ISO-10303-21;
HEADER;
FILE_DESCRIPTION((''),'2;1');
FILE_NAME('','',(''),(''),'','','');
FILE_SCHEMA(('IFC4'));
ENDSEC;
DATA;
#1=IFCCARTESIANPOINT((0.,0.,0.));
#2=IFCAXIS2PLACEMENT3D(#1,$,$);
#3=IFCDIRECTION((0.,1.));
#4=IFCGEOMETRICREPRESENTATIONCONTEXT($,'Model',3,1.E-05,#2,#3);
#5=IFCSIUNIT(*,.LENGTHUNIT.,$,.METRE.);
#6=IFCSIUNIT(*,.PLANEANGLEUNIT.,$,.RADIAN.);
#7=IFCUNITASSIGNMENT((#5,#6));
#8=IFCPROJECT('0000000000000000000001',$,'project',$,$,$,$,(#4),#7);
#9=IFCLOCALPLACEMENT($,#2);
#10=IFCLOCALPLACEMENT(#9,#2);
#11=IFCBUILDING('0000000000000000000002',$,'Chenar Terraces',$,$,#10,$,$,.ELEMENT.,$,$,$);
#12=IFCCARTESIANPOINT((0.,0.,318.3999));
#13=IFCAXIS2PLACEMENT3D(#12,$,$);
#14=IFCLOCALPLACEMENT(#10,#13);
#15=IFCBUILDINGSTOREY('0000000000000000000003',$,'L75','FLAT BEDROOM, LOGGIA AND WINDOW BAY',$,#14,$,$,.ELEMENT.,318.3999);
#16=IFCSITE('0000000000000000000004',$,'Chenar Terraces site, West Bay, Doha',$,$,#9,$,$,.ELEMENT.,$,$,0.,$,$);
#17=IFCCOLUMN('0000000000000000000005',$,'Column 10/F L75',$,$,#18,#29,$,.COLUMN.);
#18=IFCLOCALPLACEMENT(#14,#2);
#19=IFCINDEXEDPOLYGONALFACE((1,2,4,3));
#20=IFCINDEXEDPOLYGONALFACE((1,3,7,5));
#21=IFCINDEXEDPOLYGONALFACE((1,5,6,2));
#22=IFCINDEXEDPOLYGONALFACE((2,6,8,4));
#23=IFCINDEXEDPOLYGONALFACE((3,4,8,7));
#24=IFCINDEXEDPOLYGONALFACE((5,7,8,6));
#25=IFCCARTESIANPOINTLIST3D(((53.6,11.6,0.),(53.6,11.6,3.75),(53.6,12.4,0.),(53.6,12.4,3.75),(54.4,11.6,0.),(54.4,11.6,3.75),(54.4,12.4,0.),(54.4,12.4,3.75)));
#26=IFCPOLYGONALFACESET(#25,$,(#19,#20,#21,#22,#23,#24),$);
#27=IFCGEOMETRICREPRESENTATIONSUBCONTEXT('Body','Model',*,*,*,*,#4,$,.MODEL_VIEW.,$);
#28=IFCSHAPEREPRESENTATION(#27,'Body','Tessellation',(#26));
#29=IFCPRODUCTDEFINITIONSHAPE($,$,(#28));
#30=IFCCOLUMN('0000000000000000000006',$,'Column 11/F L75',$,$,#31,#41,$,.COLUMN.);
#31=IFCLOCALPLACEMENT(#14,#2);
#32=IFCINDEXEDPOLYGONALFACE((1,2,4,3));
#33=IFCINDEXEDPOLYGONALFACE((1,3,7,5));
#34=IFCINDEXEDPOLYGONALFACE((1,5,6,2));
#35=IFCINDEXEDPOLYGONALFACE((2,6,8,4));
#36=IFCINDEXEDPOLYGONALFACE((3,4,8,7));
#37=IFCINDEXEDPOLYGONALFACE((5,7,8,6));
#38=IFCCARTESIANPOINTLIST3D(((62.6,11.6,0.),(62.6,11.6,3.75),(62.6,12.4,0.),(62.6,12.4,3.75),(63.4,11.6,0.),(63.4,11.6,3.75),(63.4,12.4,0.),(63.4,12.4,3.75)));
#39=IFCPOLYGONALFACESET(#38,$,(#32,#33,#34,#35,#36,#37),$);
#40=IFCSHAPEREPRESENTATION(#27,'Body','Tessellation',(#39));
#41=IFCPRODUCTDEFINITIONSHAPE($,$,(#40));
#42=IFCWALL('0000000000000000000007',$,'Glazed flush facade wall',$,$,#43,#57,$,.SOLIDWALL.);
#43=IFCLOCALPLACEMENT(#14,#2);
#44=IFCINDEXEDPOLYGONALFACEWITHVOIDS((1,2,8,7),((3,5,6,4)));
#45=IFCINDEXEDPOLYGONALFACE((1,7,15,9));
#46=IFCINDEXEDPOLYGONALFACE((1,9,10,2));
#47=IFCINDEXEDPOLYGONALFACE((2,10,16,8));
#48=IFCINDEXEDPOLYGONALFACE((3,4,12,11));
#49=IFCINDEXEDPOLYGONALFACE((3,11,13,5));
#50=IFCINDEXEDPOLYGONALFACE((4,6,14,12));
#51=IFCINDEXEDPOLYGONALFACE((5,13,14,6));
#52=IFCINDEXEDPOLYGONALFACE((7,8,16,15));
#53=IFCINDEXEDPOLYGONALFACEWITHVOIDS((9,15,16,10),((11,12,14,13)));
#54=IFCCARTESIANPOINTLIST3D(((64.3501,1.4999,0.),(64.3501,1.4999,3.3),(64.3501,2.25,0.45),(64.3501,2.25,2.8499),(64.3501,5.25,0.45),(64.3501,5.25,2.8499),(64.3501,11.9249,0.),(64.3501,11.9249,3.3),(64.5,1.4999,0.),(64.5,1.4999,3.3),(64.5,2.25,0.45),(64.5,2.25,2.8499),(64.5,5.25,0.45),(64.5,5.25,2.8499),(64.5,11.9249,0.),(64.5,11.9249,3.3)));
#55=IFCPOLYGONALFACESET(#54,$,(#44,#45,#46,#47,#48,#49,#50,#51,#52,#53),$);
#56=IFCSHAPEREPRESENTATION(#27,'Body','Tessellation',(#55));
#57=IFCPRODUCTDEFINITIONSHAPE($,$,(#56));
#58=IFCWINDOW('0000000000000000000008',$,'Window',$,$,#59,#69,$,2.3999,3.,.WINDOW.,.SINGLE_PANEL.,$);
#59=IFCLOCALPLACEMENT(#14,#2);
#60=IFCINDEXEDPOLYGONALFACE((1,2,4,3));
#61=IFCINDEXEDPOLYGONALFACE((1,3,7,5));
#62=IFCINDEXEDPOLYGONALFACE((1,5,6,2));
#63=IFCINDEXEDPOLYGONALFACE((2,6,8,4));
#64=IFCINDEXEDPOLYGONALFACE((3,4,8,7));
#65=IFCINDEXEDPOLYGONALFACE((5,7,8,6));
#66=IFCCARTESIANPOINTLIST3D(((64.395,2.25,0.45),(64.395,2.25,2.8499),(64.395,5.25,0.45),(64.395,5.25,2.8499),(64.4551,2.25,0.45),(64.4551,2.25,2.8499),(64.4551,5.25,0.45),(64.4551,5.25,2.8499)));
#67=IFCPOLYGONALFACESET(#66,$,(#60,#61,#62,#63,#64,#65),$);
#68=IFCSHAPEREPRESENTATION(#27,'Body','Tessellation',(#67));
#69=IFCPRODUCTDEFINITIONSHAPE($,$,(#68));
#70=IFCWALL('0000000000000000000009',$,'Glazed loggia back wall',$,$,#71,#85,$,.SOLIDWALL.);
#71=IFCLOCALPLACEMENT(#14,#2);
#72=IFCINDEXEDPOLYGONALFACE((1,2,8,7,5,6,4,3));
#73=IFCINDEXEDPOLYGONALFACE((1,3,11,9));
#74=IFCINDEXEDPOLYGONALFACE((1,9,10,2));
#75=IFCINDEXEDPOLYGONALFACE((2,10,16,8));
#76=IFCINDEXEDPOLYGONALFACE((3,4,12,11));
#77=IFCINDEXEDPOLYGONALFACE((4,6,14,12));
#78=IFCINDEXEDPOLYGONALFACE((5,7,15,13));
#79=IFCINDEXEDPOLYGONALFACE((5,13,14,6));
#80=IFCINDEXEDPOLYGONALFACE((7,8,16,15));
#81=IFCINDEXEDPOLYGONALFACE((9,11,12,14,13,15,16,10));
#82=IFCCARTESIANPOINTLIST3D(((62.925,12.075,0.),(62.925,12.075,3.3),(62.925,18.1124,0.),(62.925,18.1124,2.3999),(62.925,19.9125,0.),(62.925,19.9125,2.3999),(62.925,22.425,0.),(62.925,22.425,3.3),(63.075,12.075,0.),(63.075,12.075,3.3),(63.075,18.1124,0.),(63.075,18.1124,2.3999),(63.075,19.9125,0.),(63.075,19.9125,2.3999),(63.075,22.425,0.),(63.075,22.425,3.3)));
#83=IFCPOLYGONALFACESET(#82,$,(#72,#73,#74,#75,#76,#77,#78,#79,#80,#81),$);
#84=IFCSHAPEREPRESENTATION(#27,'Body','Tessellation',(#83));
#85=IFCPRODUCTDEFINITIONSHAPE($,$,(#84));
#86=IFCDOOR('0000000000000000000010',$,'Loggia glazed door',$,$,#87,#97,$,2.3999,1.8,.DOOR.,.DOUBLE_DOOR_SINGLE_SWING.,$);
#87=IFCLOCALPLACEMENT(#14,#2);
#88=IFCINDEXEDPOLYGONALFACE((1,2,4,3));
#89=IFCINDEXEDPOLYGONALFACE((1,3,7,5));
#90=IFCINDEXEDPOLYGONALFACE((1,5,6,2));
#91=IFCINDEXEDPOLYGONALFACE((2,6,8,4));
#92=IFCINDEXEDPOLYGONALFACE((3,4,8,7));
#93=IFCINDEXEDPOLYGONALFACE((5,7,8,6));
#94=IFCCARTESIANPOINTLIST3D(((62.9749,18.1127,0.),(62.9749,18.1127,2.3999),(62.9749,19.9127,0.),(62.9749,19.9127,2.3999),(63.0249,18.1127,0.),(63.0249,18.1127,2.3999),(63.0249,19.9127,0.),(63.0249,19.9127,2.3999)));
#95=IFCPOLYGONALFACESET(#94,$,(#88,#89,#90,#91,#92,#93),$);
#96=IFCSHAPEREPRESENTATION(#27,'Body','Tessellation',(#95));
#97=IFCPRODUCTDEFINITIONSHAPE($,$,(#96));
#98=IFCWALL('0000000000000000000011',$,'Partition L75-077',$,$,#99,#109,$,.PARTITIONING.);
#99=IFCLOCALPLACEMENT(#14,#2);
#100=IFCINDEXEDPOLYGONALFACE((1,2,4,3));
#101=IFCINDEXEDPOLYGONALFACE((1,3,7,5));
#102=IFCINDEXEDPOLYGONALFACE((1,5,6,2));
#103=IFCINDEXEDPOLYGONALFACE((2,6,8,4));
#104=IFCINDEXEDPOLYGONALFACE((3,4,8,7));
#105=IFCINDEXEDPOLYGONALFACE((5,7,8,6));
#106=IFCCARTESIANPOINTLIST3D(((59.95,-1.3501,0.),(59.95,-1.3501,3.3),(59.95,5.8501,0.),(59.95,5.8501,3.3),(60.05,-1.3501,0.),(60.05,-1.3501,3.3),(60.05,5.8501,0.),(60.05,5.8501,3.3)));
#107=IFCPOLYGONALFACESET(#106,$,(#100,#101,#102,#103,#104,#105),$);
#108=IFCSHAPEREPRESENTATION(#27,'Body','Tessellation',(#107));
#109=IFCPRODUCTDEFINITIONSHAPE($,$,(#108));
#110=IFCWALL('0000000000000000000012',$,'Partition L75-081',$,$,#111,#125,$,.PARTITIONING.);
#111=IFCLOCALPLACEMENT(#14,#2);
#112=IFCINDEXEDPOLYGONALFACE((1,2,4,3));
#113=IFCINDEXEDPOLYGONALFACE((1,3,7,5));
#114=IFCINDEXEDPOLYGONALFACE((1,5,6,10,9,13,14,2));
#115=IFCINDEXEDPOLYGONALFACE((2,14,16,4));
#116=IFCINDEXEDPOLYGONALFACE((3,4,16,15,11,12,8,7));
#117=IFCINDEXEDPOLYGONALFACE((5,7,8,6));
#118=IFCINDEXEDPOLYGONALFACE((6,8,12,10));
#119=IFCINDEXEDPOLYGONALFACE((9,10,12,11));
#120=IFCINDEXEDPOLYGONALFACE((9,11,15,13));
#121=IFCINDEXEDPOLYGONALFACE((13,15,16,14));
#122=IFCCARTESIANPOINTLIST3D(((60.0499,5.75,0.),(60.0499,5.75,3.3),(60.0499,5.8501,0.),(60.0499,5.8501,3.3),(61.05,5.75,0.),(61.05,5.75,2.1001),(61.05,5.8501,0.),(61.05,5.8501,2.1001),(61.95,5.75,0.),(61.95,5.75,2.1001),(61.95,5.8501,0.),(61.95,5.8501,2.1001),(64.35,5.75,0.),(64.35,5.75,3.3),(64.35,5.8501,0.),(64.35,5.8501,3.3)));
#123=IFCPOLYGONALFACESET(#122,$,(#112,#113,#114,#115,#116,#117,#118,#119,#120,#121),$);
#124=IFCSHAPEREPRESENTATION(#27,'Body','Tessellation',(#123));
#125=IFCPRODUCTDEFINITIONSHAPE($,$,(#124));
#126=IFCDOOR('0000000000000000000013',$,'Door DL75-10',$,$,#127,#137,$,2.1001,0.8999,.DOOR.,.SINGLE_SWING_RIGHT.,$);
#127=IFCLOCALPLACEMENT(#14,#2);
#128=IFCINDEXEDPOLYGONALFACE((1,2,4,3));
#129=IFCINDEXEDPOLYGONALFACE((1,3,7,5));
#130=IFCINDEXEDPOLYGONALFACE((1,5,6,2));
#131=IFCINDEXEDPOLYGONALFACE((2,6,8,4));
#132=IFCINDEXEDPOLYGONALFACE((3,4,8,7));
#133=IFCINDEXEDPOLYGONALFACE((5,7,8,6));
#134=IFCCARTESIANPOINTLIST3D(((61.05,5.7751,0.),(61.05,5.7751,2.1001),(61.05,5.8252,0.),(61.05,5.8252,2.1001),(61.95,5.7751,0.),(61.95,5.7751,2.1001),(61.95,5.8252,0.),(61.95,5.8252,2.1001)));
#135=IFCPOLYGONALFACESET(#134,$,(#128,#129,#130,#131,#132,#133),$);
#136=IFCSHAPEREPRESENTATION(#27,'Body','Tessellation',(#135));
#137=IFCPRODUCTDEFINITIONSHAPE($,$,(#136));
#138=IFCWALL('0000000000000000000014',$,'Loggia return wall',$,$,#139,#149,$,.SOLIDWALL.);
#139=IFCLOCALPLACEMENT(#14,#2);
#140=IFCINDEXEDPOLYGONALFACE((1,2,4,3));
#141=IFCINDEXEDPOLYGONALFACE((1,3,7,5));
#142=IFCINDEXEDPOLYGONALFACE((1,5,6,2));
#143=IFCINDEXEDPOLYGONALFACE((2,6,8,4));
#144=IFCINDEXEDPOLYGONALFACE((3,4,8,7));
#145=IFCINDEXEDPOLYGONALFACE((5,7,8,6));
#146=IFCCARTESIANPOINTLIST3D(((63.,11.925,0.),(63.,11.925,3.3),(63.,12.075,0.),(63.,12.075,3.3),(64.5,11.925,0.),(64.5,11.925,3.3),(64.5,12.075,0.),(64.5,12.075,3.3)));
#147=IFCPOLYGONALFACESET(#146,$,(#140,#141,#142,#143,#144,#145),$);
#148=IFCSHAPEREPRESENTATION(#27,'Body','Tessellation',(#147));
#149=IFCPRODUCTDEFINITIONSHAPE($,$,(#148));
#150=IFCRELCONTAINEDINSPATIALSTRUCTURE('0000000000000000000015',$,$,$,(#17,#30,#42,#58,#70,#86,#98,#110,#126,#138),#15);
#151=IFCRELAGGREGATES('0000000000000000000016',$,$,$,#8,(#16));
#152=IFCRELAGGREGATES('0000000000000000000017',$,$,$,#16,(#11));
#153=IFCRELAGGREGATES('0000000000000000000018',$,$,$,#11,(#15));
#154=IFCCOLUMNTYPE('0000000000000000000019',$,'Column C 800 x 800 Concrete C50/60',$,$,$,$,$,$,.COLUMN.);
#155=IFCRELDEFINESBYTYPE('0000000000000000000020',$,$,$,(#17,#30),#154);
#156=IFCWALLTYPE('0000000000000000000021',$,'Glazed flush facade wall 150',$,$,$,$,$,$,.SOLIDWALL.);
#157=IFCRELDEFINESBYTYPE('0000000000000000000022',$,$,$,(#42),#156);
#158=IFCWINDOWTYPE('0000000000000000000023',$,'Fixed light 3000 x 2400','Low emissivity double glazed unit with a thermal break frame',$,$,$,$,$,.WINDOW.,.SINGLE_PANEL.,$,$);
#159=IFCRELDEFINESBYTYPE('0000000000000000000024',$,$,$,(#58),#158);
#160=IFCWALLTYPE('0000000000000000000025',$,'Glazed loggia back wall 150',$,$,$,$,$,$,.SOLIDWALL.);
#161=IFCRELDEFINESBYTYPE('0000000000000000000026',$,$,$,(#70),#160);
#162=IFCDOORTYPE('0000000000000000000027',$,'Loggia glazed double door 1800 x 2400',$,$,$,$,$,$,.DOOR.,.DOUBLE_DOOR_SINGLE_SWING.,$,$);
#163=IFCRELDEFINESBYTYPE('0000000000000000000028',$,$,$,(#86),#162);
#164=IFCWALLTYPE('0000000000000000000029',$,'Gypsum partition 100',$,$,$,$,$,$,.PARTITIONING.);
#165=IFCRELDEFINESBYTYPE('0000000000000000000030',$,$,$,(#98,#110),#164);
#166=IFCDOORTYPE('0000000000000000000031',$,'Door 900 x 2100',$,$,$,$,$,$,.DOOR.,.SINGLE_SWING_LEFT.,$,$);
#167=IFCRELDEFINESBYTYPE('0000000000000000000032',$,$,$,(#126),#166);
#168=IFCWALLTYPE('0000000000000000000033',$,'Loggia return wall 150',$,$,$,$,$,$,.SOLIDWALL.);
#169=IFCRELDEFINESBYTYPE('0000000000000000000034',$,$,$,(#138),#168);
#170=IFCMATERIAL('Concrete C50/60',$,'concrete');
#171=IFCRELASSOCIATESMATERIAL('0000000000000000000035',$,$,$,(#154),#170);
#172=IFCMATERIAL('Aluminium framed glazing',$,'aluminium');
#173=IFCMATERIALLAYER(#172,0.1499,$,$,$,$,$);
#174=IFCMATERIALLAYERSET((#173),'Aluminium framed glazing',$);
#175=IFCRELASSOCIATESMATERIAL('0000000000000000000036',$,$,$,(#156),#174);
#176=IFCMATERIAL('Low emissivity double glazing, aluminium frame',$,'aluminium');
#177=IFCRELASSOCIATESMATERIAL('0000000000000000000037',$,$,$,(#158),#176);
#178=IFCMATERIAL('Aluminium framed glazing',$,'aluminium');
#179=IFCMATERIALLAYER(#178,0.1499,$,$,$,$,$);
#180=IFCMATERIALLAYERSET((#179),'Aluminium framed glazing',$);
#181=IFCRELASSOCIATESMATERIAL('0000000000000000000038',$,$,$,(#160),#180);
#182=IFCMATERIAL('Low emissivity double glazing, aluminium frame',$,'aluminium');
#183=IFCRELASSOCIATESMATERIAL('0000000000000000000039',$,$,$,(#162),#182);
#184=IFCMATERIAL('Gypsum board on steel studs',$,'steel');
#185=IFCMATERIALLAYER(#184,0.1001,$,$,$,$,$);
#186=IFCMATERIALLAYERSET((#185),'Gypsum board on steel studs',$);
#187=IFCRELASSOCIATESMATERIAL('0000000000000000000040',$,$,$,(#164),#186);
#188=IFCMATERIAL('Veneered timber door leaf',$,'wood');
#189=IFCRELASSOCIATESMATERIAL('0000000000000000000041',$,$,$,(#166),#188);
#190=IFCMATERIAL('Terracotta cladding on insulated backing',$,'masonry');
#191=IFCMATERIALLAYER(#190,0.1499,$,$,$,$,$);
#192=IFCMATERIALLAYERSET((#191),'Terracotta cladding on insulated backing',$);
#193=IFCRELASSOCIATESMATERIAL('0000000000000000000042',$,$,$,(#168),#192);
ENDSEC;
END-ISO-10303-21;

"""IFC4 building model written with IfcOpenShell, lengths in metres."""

from ifc_helpers import new_model, si_unit, direction, frame, frame_2d, origin, origin_2d, place, context, subcontext, project, spatial, rectangle, extrude, material, layer, layer_set, material_profile, profile_set, type_object, element, fill, save


model = new_model("IFC4")

# Units and contexts
model_context = context("Model", 3, precision=1e-05, world=origin(), true_north=direction((0.0, 1.0)))
body_context = subcontext(model_context, "Body", "Model", "MODEL_VIEW")
ifc_project = project(units=[si_unit("LENGTHUNIT", "METRE"), si_unit("PLANEANGLEUNIT", "RADIAN")], contexts=[model_context])

# Site, building, storey
site_placement = place(None, origin())
site = spatial("IfcSite", under=ifc_project, at=site_placement, Name="Chenar Terraces site, West Bay, Doha", CompositionType="ELEMENT", RefElevation=0.0)
building_placement = place(site_placement, origin())
building = spatial("IfcBuilding", under=site, at=building_placement, Name="Chenar Terraces", CompositionType="ELEMENT")
storey_placement = place(building_placement, frame((0.0, 0.0, 318.3999)))
storey = spatial("IfcBuildingStorey", under=building, at=storey_placement, Name="L75", Description="FLAT BEDROOM, LOGGIA AND WINDOW BAY", CompositionType="ELEMENT", Elevation=318.3999)

# Columns
ifc_material_1 = material(Name="Concrete C50/60", Category="concrete")
ifc_material_profile = material_profile(ifc_material_1, rectangle(XDim=0.8, YDim=0.8, at=origin_2d()), Name="C 800 x 800")
ifc_profile_set = profile_set([ifc_material_profile], Name="Concrete C50/60")
column_type = type_object("IfcColumnType", Name="Column C 800 x 800 Concrete C50/60", PredefinedType="COLUMN", material=ifc_profile_set)
for number, where, z_axis, x_axis, name in (
    (1, (54.0, 12.0, 0.0), (0.0, 0.0, 1.0), (1.0, 0.0, 0.0), "Column 10/F L75"),
    (2, (63.0, 12.0, 0.0), (0.0, 0.0, 1.0), (1.0, 0.0, 0.0), "Column 11/F L75"),
):
    element("IfcColumn", number, at=place(storey_placement, frame(where, z_axis=z_axis, x_axis=x_axis)), inside=storey, type_object=column_type, Name=name, PredefinedType="COLUMN", context=body_context, shape_type="SweptSolid", body=[
        extrude(rectangle(XDim=0.8, YDim=0.8, at=origin_2d()), origin(), (0.0, 0.0, 1.0), 3.75),
    ])

# Wall, opening, window
ifc_material_2 = material(Name="Aluminium framed glazing", Category="aluminium")
ifc_layer_1 = layer(ifc_material_2, 0.1499)
ifc_layer_set_1 = layer_set([ifc_layer_1], Name="Aluminium framed glazing")
wall_type_1 = type_object("IfcWallType", Name="Glazed flush facade wall 150", PredefinedType="SOLIDWALL", material=ifc_layer_set_1)
wall_1_placement = place(storey_placement, frame((64.425, 1.5, 0.0), z_axis=(0.0, 0.0, 1.0), x_axis=(0.0, 1.0, 0.0)))
wall_1 = element("IfcWall", 3, at=wall_1_placement, inside=storey, type_object=wall_type_1, Name="Glazed flush facade wall", PredefinedType="SOLIDWALL", context=body_context, shape_type="SweptSolid", body=[
    extrude(rectangle(XDim=10.425, YDim=0.1499, at=frame_2d((5.2124, 0.0))), origin(), (0.0, 0.0, 1.0), 3.3),
])
opening_1_placement = place(wall_1_placement, frame((0.75, 0.0, 0.45)))
opening_1 = element("IfcOpeningElement", 4, at=opening_1_placement, cuts=wall_1, PredefinedType="OPENING", context=body_context, shape_type="SweptSolid", body=[
    extrude(rectangle(XDim=3.0, YDim=2.3999, at=frame_2d((1.5, 1.2))), frame((0.0, 0.085, 0.0), z_axis=(0.0, -1.0, 0.0), x_axis=(1.0, 0.0, 0.0)), (0.0, 0.0, 1.0), 0.1699),
])
ifc_material_3 = material(Name="Low emissivity double glazing, aluminium frame", Category="aluminium")
window_type = type_object("IfcWindowType", Name="Fixed light 3000 x 2400", Description="Low emissivity double glazed unit with a thermal break frame", PartitioningType="SINGLE_PANEL", PredefinedType="WINDOW", material=ifc_material_3)
window_1_placement = place(opening_1_placement, origin())
window_1 = element("IfcWindow", 5, at=window_1_placement, inside=storey, type_object=window_type, Name="Window", OverallHeight=2.3999, OverallWidth=3.0, PartitioningType="SINGLE_PANEL", PredefinedType="WINDOW", context=body_context, shape_type="SweptSolid", body=[
    extrude(rectangle(XDim=3.0, YDim=2.3999, at=frame_2d((1.5, 1.2))), frame((0.0, 0.03, 0.0), z_axis=(0.0, -1.0, 0.0), x_axis=(1.0, 0.0, 0.0)), (0.0, 0.0, 1.0), 0.0601),
])
fill(opening_1, window_1)

# Wall, opening, door
ifc_material_4 = material(Name="Aluminium framed glazing", Category="aluminium")
ifc_layer_2 = layer(ifc_material_4, 0.1499)
ifc_layer_set_2 = layer_set([ifc_layer_2], Name="Aluminium framed glazing")
wall_type_2 = type_object("IfcWallType", Name="Glazed loggia back wall 150", PredefinedType="SOLIDWALL", material=ifc_layer_set_2)
wall_2_placement = place(storey_placement, frame((63.0, 12.075, 0.0), z_axis=(0.0, 0.0, 1.0), x_axis=(0.0, 1.0, 0.0)))
wall_2 = element("IfcWall", 6, at=wall_2_placement, inside=storey, type_object=wall_type_2, Name="Glazed loggia back wall", PredefinedType="SOLIDWALL", context=body_context, shape_type="SweptSolid", body=[
    extrude(rectangle(XDim=10.3501, YDim=0.1499, at=frame_2d((5.175, 0.0))), origin(), (0.0, 0.0, 1.0), 3.3),
])
opening_2_placement = place(wall_2_placement, frame((6.0376, 0.0, 0.0)))
opening_2 = element("IfcOpeningElement", 7, at=opening_2_placement, cuts=wall_2, PredefinedType="OPENING", context=body_context, shape_type="SweptSolid", body=[
    extrude(rectangle(XDim=1.8, YDim=2.3999, at=frame_2d((0.8999, 1.2))), frame((0.0, 0.085, 0.0), z_axis=(0.0, -1.0, 0.0), x_axis=(1.0, 0.0, 0.0)), (0.0, 0.0, 1.0), 0.1699),
])
ifc_material_5 = material(Name="Low emissivity double glazing, aluminium frame", Category="aluminium")
door_type_1 = type_object("IfcDoorType", Name="Loggia glazed double door 1800 x 2400", OperationType="DOUBLE_DOOR_SINGLE_SWING", PredefinedType="DOOR", material=ifc_material_5)
door_1_placement = place(opening_2_placement, frame((1.8, 0.0, 0.0), z_axis=(0.0, 0.0, 1.0), x_axis=(-1.0, 0.0, 0.0)))
door_1 = element("IfcDoor", 8, at=door_1_placement, inside=storey, type_object=door_type_1, Name="Loggia glazed door", OperationType="DOUBLE_DOOR_SINGLE_SWING", OverallHeight=2.3999, OverallWidth=1.8, PredefinedType="DOOR", context=body_context, shape_type="SweptSolid", body=[
    extrude(rectangle(XDim=1.8, YDim=2.3999, at=frame_2d((0.8999, 1.2))), frame((0.0, 0.0249, 0.0), z_axis=(0.0, -1.0, 0.0), x_axis=(1.0, 0.0, 0.0)), (0.0, 0.0, 1.0), 0.05),
])
fill(opening_2, door_1)

# Wall
ifc_material_6 = material(Name="Gypsum board on steel studs", Category="steel")
ifc_layer_3 = layer(ifc_material_6, 0.1001)
ifc_layer_set_3 = layer_set([ifc_layer_3], Name="Gypsum board on steel studs")
wall_type_3 = type_object("IfcWallType", Name="Gypsum partition 100", PredefinedType="PARTITIONING", material=ifc_layer_set_3)
wall_3_placement = place(storey_placement, frame((60.0, -1.3501, 0.0), z_axis=(0.0, 0.0, 1.0), x_axis=(0.0, 1.0, 0.0)))
element("IfcWall", 9, at=wall_3_placement, inside=storey, type_object=wall_type_3, Name="Partition L75-077", PredefinedType="PARTITIONING", context=body_context, shape_type="SweptSolid", body=[
    extrude(rectangle(XDim=7.2002, YDim=0.1001, at=frame_2d((3.6001, 0.0))), origin(), (0.0, 0.0, 1.0), 3.3),
])

# Wall, opening, door
wall_4_placement = place(storey_placement, frame((60.05, 5.8, 0.0), z_axis=(0.0, 0.0, 1.0), x_axis=(1.0, 0.0, 0.0)))
wall_4 = element("IfcWall", 10, at=wall_4_placement, inside=storey, type_object=wall_type_3, Name="Partition L75-081", PredefinedType="PARTITIONING", context=body_context, shape_type="SweptSolid", body=[
    extrude(rectangle(XDim=4.3, YDim=0.1001, at=frame_2d((2.1499, 0.0))), origin(), (0.0, 0.0, 1.0), 3.3),
])
opening_3_placement = place(wall_4_placement, frame((1.0, 0.0, 0.0)))
opening_3 = element("IfcOpeningElement", 11, at=opening_3_placement, cuts=wall_4, PredefinedType="OPENING", context=body_context, shape_type="SweptSolid", body=[
    extrude(rectangle(XDim=0.8999, YDim=2.1001, at=frame_2d((0.45, 1.05))), frame((0.0, 0.0601, 0.0), z_axis=(0.0, -1.0, 0.0), x_axis=(1.0, 0.0, 0.0)), (0.0, 0.0, 1.0), 0.1201),
])
ifc_material_7 = material(Name="Veneered timber door leaf", Category="wood")
door_type_2 = type_object("IfcDoorType", Name="Door 900 x 2100", OperationType="SINGLE_SWING_LEFT", PredefinedType="DOOR", material=ifc_material_7)
door_2_placement = place(opening_3_placement, frame((0.8999, 0.0, 0.0), z_axis=(0.0, 0.0, 1.0), x_axis=(-1.0, 0.0, 0.0)))
door_2 = element("IfcDoor", 12, at=door_2_placement, inside=storey, type_object=door_type_2, Name="Door DL75-10", OperationType="SINGLE_SWING_RIGHT", OverallHeight=2.1001, OverallWidth=0.8999, PredefinedType="DOOR", context=body_context, shape_type="SweptSolid", body=[
    extrude(rectangle(XDim=0.8999, YDim=2.1001, at=frame_2d((0.45, 1.05))), frame((0.0, 0.0249, 0.0), z_axis=(0.0, -1.0, 0.0), x_axis=(1.0, 0.0, 0.0)), (0.0, 0.0, 1.0), 0.05),
])
fill(opening_3, door_2)

# Wall
ifc_material_8 = material(Name="Terracotta cladding on insulated backing", Category="masonry")
ifc_layer_4 = layer(ifc_material_8, 0.1499)
ifc_layer_set_4 = layer_set([ifc_layer_4], Name="Terracotta cladding on insulated backing")
wall_type_4 = type_object("IfcWallType", Name="Loggia return wall 150", PredefinedType="SOLIDWALL", material=ifc_layer_set_4)
wall_5_placement = place(storey_placement, frame((64.5, 12.0, 0.0), z_axis=(0.0, 0.0, 1.0), x_axis=(-1.0, 0.0, 0.0)))
element("IfcWall", 13, at=wall_5_placement, inside=storey, type_object=wall_type_4, Name="Loggia return wall", PredefinedType="SOLIDWALL", context=body_context, shape_type="SweptSolid", body=[
    extrude(rectangle(XDim=1.5, YDim=0.1499, at=frame_2d((0.75, 0.0))), origin(), (0.0, 0.0, 1.0), 3.3),
])

save(model, "model.ifc")
